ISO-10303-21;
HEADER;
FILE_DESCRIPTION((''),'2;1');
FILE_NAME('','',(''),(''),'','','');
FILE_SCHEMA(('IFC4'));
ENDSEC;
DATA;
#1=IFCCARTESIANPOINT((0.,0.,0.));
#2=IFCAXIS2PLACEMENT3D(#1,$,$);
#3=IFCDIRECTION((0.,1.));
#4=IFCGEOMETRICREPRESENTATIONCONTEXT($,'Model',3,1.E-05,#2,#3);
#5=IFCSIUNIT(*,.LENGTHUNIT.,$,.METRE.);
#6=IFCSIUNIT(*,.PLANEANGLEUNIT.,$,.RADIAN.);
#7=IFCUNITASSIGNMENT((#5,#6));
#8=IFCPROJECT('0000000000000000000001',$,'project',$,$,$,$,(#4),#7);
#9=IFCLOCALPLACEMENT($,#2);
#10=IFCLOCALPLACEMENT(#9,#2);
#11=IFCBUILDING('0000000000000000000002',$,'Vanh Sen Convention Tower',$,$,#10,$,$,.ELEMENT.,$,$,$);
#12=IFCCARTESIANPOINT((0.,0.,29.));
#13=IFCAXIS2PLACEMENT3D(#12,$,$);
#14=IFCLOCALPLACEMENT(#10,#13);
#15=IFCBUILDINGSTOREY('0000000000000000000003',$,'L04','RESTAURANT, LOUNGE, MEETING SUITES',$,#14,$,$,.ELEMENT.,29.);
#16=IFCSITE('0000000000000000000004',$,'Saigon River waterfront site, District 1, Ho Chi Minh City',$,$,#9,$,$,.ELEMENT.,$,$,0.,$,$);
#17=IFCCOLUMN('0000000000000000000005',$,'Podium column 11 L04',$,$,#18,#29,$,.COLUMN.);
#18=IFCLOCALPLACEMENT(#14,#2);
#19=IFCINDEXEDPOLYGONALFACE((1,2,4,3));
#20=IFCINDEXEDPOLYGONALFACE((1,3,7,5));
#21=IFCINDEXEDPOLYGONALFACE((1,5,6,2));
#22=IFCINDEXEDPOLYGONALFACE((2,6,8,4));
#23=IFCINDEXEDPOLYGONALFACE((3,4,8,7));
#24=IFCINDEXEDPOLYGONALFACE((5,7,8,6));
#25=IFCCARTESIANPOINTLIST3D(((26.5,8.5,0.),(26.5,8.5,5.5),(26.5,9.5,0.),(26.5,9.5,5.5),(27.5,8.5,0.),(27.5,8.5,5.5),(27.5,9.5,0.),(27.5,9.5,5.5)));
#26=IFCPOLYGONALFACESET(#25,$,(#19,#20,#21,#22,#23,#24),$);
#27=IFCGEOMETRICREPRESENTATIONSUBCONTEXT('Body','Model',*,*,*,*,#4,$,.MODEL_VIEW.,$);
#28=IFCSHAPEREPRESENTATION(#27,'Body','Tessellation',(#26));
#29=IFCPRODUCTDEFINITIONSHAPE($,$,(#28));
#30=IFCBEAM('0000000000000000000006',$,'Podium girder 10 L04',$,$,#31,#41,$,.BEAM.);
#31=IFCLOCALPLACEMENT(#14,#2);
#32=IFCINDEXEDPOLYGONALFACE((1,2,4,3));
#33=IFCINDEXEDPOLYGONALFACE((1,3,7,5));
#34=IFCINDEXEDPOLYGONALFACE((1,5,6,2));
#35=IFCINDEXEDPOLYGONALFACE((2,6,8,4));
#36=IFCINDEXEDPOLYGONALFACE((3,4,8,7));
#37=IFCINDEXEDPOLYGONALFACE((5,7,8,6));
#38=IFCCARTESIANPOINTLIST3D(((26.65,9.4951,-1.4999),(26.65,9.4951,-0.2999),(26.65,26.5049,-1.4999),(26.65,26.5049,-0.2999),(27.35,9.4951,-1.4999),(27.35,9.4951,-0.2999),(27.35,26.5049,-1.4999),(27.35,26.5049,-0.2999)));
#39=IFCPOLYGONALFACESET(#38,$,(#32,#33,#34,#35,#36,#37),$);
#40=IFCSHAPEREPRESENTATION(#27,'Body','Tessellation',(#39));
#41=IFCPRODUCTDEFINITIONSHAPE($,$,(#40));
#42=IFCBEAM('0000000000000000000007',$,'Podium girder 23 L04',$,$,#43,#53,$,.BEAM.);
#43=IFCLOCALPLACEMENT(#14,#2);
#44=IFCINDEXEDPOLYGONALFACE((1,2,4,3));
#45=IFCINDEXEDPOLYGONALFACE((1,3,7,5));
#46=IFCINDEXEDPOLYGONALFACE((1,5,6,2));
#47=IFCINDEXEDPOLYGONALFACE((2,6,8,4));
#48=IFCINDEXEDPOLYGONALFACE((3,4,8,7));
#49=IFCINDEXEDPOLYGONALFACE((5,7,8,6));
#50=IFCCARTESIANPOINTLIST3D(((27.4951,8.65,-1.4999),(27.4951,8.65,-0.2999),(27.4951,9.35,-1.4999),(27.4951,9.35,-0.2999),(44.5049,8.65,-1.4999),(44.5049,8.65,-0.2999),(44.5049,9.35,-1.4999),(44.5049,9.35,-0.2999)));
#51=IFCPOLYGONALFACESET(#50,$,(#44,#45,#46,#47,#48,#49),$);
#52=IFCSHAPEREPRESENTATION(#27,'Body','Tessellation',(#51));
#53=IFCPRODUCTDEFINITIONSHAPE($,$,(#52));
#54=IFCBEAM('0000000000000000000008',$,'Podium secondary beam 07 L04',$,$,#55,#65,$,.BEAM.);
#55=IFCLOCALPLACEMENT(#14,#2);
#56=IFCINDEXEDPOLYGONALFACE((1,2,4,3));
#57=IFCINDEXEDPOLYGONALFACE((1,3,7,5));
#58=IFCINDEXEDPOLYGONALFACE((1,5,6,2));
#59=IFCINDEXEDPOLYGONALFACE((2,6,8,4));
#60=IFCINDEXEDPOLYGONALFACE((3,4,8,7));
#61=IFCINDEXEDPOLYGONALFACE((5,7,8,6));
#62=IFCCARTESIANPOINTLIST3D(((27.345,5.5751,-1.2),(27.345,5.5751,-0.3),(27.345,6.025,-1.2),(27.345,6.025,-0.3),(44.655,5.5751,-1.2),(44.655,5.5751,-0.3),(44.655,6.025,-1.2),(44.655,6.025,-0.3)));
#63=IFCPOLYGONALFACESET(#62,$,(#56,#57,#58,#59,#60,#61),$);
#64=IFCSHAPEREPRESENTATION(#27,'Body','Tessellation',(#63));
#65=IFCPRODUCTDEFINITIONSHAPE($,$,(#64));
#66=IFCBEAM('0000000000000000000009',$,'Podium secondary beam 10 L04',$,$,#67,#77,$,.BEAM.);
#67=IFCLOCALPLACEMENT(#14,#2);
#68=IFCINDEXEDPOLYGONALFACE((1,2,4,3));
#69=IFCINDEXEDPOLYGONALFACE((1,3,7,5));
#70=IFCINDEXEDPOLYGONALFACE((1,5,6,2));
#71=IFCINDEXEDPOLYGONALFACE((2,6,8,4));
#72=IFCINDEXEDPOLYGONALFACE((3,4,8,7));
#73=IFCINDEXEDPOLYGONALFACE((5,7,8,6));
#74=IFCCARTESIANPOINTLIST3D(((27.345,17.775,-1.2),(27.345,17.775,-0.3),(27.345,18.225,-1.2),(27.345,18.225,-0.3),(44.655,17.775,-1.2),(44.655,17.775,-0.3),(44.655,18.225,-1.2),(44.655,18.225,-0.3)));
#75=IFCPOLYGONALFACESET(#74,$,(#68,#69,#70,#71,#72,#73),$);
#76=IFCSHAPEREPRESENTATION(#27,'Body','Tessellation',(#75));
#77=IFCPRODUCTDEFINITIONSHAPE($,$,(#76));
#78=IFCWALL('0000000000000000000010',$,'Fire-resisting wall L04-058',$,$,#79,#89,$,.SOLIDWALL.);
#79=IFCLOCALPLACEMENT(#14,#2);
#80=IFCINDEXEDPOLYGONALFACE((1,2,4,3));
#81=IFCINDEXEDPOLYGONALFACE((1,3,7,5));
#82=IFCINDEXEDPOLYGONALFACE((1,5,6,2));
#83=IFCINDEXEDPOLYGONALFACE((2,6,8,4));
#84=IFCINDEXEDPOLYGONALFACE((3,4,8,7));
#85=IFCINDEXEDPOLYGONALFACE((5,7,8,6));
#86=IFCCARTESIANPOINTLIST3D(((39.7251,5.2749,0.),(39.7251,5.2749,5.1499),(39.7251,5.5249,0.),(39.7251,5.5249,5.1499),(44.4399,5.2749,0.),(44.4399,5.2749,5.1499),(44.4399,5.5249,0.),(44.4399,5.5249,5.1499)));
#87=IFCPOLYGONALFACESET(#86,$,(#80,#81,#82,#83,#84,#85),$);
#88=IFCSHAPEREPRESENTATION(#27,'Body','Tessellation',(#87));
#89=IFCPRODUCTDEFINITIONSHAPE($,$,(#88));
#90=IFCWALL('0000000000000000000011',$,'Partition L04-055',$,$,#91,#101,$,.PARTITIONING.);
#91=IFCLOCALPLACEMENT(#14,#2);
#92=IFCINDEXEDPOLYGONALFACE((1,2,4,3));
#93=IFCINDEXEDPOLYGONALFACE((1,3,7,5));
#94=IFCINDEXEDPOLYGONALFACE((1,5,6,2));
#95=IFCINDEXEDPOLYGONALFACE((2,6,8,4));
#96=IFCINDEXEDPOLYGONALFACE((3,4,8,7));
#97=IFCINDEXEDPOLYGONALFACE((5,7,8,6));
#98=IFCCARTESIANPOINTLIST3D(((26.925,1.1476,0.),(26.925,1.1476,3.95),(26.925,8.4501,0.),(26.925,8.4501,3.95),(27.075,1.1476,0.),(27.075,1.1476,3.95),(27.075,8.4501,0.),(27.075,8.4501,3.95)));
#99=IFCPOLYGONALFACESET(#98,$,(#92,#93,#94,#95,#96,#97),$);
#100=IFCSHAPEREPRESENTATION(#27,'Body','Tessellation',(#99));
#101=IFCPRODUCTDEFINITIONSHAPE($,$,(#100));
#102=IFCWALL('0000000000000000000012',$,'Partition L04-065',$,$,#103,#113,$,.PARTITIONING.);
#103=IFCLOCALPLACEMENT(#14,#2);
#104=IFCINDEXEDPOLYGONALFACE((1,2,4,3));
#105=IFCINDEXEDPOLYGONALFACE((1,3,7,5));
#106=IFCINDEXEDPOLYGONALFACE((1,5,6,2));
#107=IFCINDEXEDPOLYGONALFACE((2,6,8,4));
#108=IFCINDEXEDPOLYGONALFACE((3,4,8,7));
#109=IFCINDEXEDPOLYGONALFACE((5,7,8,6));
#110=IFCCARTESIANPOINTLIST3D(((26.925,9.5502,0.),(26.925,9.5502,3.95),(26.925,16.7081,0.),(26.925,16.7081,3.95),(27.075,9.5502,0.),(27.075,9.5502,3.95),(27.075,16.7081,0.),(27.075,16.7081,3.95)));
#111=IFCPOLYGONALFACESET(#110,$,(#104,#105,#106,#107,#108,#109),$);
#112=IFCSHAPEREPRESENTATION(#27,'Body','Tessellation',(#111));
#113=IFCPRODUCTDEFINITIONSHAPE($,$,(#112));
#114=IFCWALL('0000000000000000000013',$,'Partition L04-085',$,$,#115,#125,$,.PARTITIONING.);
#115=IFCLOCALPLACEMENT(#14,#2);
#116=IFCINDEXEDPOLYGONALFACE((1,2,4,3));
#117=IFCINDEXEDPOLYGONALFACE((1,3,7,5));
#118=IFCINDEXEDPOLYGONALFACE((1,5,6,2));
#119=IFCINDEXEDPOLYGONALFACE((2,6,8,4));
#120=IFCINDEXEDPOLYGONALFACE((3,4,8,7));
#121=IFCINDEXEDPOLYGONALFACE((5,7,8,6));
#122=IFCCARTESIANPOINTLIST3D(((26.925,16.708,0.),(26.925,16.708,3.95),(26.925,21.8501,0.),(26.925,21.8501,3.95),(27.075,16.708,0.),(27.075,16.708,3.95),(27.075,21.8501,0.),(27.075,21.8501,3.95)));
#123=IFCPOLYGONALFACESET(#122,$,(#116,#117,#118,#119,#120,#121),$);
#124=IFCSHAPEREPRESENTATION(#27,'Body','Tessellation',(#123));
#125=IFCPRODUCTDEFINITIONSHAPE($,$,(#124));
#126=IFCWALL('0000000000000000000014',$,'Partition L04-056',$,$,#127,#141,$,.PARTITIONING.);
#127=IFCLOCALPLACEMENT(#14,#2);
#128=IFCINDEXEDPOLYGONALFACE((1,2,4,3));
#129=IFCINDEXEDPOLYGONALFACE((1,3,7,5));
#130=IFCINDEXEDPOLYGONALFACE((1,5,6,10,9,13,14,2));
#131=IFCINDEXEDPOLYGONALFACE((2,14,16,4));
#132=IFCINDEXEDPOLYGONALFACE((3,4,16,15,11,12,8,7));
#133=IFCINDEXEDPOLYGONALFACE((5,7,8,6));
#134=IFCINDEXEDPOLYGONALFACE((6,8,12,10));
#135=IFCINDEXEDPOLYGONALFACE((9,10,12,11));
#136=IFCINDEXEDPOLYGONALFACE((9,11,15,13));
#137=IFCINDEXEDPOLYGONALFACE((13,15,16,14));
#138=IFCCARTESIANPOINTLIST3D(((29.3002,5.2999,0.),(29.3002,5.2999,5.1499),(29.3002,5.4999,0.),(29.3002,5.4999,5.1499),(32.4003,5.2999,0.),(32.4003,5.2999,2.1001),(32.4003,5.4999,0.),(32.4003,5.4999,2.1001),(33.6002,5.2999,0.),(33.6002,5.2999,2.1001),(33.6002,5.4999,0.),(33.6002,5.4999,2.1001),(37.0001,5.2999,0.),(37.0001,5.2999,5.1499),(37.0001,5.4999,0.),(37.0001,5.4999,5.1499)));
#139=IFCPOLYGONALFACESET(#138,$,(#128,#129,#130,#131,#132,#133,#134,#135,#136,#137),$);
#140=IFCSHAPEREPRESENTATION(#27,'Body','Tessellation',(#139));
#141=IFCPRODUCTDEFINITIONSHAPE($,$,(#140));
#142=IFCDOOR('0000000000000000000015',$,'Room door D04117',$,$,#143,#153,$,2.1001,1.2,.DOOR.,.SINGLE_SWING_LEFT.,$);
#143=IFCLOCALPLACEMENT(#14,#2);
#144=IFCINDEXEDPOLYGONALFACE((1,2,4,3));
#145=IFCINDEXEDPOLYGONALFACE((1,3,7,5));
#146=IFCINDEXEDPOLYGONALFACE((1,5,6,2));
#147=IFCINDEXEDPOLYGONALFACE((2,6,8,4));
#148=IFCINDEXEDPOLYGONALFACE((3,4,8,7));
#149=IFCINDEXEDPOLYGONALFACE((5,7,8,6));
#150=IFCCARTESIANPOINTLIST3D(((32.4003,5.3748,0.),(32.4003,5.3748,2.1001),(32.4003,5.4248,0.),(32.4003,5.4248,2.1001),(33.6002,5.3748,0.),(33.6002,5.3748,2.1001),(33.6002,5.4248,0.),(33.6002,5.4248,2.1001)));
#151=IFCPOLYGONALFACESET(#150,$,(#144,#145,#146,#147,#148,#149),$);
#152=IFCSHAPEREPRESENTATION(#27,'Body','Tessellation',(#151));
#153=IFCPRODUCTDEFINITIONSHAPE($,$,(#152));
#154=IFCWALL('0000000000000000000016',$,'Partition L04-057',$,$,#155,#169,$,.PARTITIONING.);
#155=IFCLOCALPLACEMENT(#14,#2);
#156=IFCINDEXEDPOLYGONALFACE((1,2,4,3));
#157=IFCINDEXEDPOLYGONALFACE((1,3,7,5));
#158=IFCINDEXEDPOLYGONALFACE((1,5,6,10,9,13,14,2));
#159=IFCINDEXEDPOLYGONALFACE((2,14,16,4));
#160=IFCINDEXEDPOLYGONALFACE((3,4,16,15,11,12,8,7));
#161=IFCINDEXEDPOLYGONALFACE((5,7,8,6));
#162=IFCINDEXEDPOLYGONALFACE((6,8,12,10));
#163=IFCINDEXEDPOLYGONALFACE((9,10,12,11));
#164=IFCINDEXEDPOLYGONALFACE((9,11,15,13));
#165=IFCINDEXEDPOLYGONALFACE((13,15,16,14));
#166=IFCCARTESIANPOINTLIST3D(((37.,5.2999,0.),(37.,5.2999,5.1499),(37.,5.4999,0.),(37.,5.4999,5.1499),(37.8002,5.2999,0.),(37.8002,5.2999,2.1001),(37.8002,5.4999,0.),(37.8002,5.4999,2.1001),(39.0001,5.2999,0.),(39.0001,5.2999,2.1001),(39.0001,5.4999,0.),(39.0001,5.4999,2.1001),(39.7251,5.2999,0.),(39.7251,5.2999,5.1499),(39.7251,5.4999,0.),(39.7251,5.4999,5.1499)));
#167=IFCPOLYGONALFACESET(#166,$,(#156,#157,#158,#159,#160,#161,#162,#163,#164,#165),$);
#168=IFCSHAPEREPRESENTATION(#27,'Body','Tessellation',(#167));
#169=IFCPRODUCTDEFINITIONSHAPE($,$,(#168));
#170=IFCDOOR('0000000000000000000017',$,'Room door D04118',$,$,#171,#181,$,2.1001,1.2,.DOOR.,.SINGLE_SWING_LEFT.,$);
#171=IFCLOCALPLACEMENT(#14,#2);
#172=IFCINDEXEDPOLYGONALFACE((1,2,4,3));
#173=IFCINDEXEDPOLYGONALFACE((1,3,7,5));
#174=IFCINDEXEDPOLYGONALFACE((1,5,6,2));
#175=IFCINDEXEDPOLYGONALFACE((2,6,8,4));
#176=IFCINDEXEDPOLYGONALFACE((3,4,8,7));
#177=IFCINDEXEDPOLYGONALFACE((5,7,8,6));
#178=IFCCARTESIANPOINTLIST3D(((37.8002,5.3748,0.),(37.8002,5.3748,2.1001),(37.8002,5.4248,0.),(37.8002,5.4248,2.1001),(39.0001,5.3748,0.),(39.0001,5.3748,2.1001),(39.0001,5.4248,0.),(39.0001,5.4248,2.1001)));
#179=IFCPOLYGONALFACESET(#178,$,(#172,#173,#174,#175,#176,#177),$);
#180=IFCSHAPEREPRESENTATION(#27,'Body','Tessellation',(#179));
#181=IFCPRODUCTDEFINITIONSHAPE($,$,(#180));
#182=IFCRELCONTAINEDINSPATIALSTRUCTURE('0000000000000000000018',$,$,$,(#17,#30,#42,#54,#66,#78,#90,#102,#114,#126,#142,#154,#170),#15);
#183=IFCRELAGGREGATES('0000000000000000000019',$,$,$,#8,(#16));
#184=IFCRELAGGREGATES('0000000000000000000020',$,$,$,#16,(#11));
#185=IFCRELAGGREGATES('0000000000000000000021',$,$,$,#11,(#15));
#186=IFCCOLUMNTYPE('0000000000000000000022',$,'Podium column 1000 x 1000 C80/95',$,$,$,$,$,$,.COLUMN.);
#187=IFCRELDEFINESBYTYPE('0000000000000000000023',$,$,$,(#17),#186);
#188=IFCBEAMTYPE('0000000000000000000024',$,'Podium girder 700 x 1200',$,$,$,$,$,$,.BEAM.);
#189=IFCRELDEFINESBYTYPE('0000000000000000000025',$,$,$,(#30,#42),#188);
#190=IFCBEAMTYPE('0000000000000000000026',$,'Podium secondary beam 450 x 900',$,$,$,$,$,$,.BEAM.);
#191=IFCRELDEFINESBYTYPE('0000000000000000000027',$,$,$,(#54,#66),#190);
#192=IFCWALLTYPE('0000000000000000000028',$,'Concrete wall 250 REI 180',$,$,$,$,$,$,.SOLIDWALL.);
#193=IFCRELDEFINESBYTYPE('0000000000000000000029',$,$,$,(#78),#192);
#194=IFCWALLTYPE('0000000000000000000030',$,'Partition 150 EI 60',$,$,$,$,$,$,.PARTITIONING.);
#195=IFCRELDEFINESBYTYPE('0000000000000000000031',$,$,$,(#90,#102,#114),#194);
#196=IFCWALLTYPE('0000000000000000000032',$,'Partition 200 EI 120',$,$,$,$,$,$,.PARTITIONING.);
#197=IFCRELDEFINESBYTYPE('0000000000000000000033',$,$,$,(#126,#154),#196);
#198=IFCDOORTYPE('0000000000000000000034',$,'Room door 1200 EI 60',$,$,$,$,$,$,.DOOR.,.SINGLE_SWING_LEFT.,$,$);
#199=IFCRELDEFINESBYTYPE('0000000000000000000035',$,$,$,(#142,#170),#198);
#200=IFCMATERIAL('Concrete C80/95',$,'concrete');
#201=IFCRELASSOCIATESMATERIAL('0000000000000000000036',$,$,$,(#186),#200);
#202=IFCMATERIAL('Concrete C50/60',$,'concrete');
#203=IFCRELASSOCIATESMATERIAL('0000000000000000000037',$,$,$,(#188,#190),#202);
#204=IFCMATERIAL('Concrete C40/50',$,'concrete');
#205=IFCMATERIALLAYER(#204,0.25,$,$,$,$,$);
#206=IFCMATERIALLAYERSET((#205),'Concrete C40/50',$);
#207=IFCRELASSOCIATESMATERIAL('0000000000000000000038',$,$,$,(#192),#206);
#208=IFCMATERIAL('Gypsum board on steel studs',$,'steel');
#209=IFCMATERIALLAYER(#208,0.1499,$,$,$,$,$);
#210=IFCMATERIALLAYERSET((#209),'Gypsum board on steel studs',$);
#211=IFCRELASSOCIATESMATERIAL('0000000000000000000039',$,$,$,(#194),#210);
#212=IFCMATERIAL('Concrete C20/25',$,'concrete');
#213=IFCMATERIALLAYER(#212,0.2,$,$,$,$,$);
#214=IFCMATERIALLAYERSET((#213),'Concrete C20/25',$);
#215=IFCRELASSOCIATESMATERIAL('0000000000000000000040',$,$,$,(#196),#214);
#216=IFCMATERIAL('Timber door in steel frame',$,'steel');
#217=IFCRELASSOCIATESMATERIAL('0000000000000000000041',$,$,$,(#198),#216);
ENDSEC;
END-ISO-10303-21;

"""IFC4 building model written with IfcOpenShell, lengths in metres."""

from ifc_helpers import new_model, si_unit, direction, frame, frame_2d, origin, origin_2d, place, context, subcontext, project, spatial, rectangle, extrude, material, layer, layer_set, material_profile, profile_set, type_object, element, fill, save


model = new_model("IFC4")

# Units and contexts
model_context = context("Model", 3, precision=1e-05, world=origin(), true_north=direction((0.0, 1.0)))
body_context = subcontext(model_context, "Body", "Model", "MODEL_VIEW")
ifc_project = project(units=[si_unit("LENGTHUNIT", "METRE"), si_unit("PLANEANGLEUNIT", "RADIAN")], contexts=[model_context])

# Site, building, storey
site_placement = place(None, origin())
site = spatial("IfcSite", under=ifc_project, at=site_placement, Name="Saigon River waterfront site, District 1, Ho Chi Minh City", CompositionType="ELEMENT", RefElevation=0.0)
building_placement = place(site_placement, origin())
building = spatial("IfcBuilding", under=site, at=building_placement, Name="Vanh Sen Convention Tower", CompositionType="ELEMENT")
storey_placement = place(building_placement, frame((0.0, 0.0, 29.0)))
storey = spatial("IfcBuildingStorey", under=building, at=storey_placement, Name="L04", Description="RESTAURANT, LOUNGE, MEETING SUITES", CompositionType="ELEMENT", Elevation=29.0)

# Column
ifc_material_1 = material(Name="Concrete C80/95", Category="concrete")
ifc_material_profile_1 = material_profile(ifc_material_1, rectangle(XDim=1.0, YDim=1.0, at=origin_2d()), Name="RC 1000X1000")
ifc_profile_set_1 = profile_set([ifc_material_profile_1], Name="Concrete C80/95")
column_type = type_object("IfcColumnType", Name="Podium column 1000 x 1000 C80/95", PredefinedType="COLUMN", material=ifc_profile_set_1)
column_placement = place(storey_placement, frame((27.0, 9.0, 0.0), z_axis=(0.0, 0.0, 1.0), x_axis=(1.0, 0.0, 0.0)))
element("IfcColumn", 1, at=column_placement, inside=storey, type_object=column_type, Name="Podium column 11 L04", PredefinedType="COLUMN", context=body_context, shape_type="SweptSolid", body=[
    extrude(rectangle(XDim=1.0, YDim=1.0, at=origin_2d()), origin(), (0.0, 0.0, 1.0), 5.5),
])

# Beams
ifc_material_2 = material(Name="Concrete C50/60", Category="concrete")
ifc_material_profile_2 = material_profile(ifc_material_2, rectangle(XDim=0.7, YDim=1.2, at=origin_2d()), Name="RC 700X1200")
ifc_profile_set_2 = profile_set([ifc_material_profile_2], Name="Concrete C50/60")
beam_type_1 = type_object("IfcBeamType", Name="Podium girder 700 x 1200", PredefinedType="BEAM", material=ifc_profile_set_2)
for number, where, z_axis, x_axis, name in (
    (2, (27.0, 9.4951, -0.8999), (0.0, 1.0, 0.0), (-1.0, 0.0, 0.0), "Podium girder 10 L04"),
    (3, (27.4951, 9.0, -0.8999), (1.0, 0.0, 0.0), (0.0, 1.0, 0.0), "Podium girder 23 L04"),
):
    element("IfcBeam", number, at=place(storey_placement, frame(where, z_axis=z_axis, x_axis=x_axis)), inside=storey, type_object=beam_type_1, Name=name, PredefinedType="BEAM", context=body_context, shape_type="SweptSolid", body=[
        extrude(rectangle(XDim=0.7, YDim=1.2, at=origin_2d()), origin(), (0.0, 0.0, 1.0), 17.0098),
    ])
ifc_material_profile_3 = material_profile(ifc_material_2, rectangle(XDim=0.45, YDim=0.8999, at=origin_2d()), Name="RC 450X900")
ifc_profile_set_3 = profile_set([ifc_material_profile_3], Name="Concrete C50/60")
beam_type_2 = type_object("IfcBeamType", Name="Podium secondary beam 450 x 900", PredefinedType="BEAM", material=ifc_profile_set_3)
for number, where, z_axis, x_axis, name in (
    (4, (27.345, 5.8, -0.75), (1.0, 0.0, 0.0), (0.0, 1.0, 0.0), "Podium secondary beam 07 L04"),
    (5, (27.345, 18.0, -0.75), (1.0, 0.0, 0.0), (0.0, 1.0, 0.0), "Podium secondary beam 10 L04"),
):
    element("IfcBeam", number, at=place(storey_placement, frame(where, z_axis=z_axis, x_axis=x_axis)), inside=storey, type_object=beam_type_2, Name=name, PredefinedType="BEAM", context=body_context, shape_type="SweptSolid", body=[
        extrude(rectangle(XDim=0.45, YDim=0.8999, at=origin_2d()), origin(), (0.0, 0.0, 1.0), 17.3101),
    ])

# Walls
ifc_material_3 = material(Name="Concrete C40/50", Category="concrete")
ifc_layer_1 = layer(ifc_material_3, 0.25)
ifc_layer_set_1 = layer_set([ifc_layer_1], Name="Concrete C40/50")
wall_type_1 = type_object("IfcWallType", Name="Concrete wall 250 REI 180", PredefinedType="SOLIDWALL", material=ifc_layer_set_1)
wall_1_placement = place(storey_placement, frame((39.7251, 5.3999, 0.0), z_axis=(0.0, 0.0, 1.0), x_axis=(1.0, 0.0, 0.0)))
element("IfcWall", 6, at=wall_1_placement, inside=storey, type_object=wall_type_1, Name="Fire-resisting wall L04-058", PredefinedType="SOLIDWALL", context=body_context, shape_type="SweptSolid", body=[
    extrude(rectangle(XDim=4.7148, YDim=0.25, at=frame_2d((2.3574, 0.0))), origin(), (0.0, 0.0, 1.0), 5.1499),
])
ifc_material_4 = material(Name="Gypsum board on steel studs", Category="steel")
ifc_layer_2 = layer(ifc_material_4, 0.1499)
ifc_layer_set_2 = layer_set([ifc_layer_2], Name="Gypsum board on steel studs")
wall_type_2 = type_object("IfcWallType", Name="Partition 150 EI 60", PredefinedType="PARTITIONING", material=ifc_layer_set_2)
wall_2_placement = place(storey_placement, frame((27.0, 1.1475, 0.0), z_axis=(0.0, 0.0, 1.0), x_axis=(0.0, 1.0, 0.0)))
element("IfcWall", 7, at=wall_2_placement, inside=storey, type_object=wall_type_2, Name="Partition L04-055", PredefinedType="PARTITIONING", context=body_context, shape_type="SweptSolid", body=[
    extrude(rectangle(XDim=7.3025, YDim=0.1499, at=frame_2d((3.6514, 0.0))), origin(), (0.0, 0.0, 1.0), 3.95),
])
wall_3_placement = place(storey_placement, frame((27.0, 9.55, 0.0), z_axis=(0.0, 0.0, 1.0), x_axis=(0.0, 1.0, 0.0)))
element("IfcWall", 8, at=wall_3_placement, inside=storey, type_object=wall_type_2, Name="Partition L04-065", PredefinedType="PARTITIONING", context=body_context, shape_type="SweptSolid", body=[
    extrude(rectangle(XDim=7.158, YDim=0.1499, at=frame_2d((3.5791, 0.0))), origin(), (0.0, 0.0, 1.0), 3.95),
])
wall_4_placement = place(storey_placement, frame((27.0, 16.708, 0.0), z_axis=(0.0, 0.0, 1.0), x_axis=(0.0, 1.0, 0.0)))
element("IfcWall", 9, at=wall_4_placement, inside=storey, type_object=wall_type_2, Name="Partition L04-085", PredefinedType="PARTITIONING", context=body_context, shape_type="SweptSolid", body=[
    extrude(rectangle(XDim=5.1421, YDim=0.1499, at=frame_2d((2.571, 0.0))), origin(), (0.0, 0.0, 1.0), 3.95),
])

# Walls, openings, doors
ifc_material_5 = material(Name="Concrete C20/25", Category="concrete")
ifc_layer_3 = layer(ifc_material_5, 0.2)
ifc_layer_set_3 = layer_set([ifc_layer_3], Name="Concrete C20/25")
wall_type_3 = type_object("IfcWallType", Name="Partition 200 EI 120", PredefinedType="PARTITIONING", material=ifc_layer_set_3)
wall_5_placement = place(storey_placement, frame((29.3, 5.3999, 0.0), z_axis=(0.0, 0.0, 1.0), x_axis=(1.0, 0.0, 0.0)))
wall_5 = element("IfcWall", 10, at=wall_5_placement, inside=storey, type_object=wall_type_3, Name="Partition L04-056", PredefinedType="PARTITIONING", context=body_context, shape_type="SweptSolid", body=[
    extrude(rectangle(XDim=7.7, YDim=0.2, at=frame_2d((3.8501, 0.0))), origin(), (0.0, 0.0, 1.0), 5.1499),
])
opening_1_placement = place(wall_5_placement, frame((3.1001, 0.0, 0.0)))
opening_1 = element("IfcOpeningElement", 11, at=opening_1_placement, cuts=wall_5, PredefinedType="OPENING", context=body_context, shape_type="SweptSolid", body=[
    extrude(rectangle(XDim=1.2, YDim=2.1001, at=frame_2d((0.6001, 1.05))), frame((0.0, 0.1099, 0.0), z_axis=(0.0, -1.0, 0.0), x_axis=(1.0, 0.0, 0.0)), (0.0, 0.0, 1.0), 0.22),
])
ifc_material_6 = material(Name="Timber door in steel frame", Category="steel")
door_type = type_object("IfcDoorType", Name="Room door 1200 EI 60", OperationType="SINGLE_SWING_LEFT", PredefinedType="DOOR", material=ifc_material_6)
door_1_placement = place(opening_1_placement, origin())
door_1 = element("IfcDoor", 12, at=door_1_placement, inside=storey, type_object=door_type, Name="Room door D04117", OperationType="SINGLE_SWING_LEFT", OverallHeight=2.1001, OverallWidth=1.2, PredefinedType="DOOR", context=body_context, shape_type="SweptSolid", body=[
    extrude(rectangle(XDim=1.2, YDim=2.1001, at=frame_2d((0.6001, 1.05))), frame((0.0, 0.0249, 0.0), z_axis=(0.0, -1.0, 0.0), x_axis=(1.0, 0.0, 0.0)), (0.0, 0.0, 1.0), 0.05),
])
fill(opening_1, door_1)
wall_6_placement = place(storey_placement, frame((37.0, 5.3999, 0.0), z_axis=(0.0, 0.0, 1.0), x_axis=(1.0, 0.0, 0.0)))
wall_6 = element("IfcWall", 13, at=wall_6_placement, inside=storey, type_object=wall_type_3, Name="Partition L04-057", PredefinedType="PARTITIONING", context=body_context, shape_type="SweptSolid", body=[
    extrude(rectangle(XDim=2.7251, YDim=0.2, at=frame_2d((1.3625, 0.0))), origin(), (0.0, 0.0, 1.0), 5.1499),
])
opening_2_placement = place(wall_6_placement, frame((0.8, 0.0, 0.0)))
opening_2 = element("IfcOpeningElement", 14, at=opening_2_placement, cuts=wall_6, PredefinedType="OPENING", context=body_context, shape_type="SweptSolid", body=[
    extrude(rectangle(XDim=1.2, YDim=2.1001, at=frame_2d((0.6001, 1.05))), frame((0.0, 0.1099, 0.0), z_axis=(0.0, -1.0, 0.0), x_axis=(1.0, 0.0, 0.0)), (0.0, 0.0, 1.0), 0.22),
])
door_2_placement = place(opening_2_placement, origin())
door_2 = element("IfcDoor", 15, at=door_2_placement, inside=storey, type_object=door_type, Name="Room door D04118", OperationType="SINGLE_SWING_LEFT", OverallHeight=2.1001, OverallWidth=1.2, PredefinedType="DOOR", context=body_context, shape_type="SweptSolid", body=[
    extrude(rectangle(XDim=1.2, YDim=2.1001, at=frame_2d((0.6001, 1.05))), frame((0.0, 0.0249, 0.0), z_axis=(0.0, -1.0, 0.0), x_axis=(1.0, 0.0, 0.0)), (0.0, 0.0, 1.0), 0.05),
])
fill(opening_2, door_2)

save(model, "model.ifc")
